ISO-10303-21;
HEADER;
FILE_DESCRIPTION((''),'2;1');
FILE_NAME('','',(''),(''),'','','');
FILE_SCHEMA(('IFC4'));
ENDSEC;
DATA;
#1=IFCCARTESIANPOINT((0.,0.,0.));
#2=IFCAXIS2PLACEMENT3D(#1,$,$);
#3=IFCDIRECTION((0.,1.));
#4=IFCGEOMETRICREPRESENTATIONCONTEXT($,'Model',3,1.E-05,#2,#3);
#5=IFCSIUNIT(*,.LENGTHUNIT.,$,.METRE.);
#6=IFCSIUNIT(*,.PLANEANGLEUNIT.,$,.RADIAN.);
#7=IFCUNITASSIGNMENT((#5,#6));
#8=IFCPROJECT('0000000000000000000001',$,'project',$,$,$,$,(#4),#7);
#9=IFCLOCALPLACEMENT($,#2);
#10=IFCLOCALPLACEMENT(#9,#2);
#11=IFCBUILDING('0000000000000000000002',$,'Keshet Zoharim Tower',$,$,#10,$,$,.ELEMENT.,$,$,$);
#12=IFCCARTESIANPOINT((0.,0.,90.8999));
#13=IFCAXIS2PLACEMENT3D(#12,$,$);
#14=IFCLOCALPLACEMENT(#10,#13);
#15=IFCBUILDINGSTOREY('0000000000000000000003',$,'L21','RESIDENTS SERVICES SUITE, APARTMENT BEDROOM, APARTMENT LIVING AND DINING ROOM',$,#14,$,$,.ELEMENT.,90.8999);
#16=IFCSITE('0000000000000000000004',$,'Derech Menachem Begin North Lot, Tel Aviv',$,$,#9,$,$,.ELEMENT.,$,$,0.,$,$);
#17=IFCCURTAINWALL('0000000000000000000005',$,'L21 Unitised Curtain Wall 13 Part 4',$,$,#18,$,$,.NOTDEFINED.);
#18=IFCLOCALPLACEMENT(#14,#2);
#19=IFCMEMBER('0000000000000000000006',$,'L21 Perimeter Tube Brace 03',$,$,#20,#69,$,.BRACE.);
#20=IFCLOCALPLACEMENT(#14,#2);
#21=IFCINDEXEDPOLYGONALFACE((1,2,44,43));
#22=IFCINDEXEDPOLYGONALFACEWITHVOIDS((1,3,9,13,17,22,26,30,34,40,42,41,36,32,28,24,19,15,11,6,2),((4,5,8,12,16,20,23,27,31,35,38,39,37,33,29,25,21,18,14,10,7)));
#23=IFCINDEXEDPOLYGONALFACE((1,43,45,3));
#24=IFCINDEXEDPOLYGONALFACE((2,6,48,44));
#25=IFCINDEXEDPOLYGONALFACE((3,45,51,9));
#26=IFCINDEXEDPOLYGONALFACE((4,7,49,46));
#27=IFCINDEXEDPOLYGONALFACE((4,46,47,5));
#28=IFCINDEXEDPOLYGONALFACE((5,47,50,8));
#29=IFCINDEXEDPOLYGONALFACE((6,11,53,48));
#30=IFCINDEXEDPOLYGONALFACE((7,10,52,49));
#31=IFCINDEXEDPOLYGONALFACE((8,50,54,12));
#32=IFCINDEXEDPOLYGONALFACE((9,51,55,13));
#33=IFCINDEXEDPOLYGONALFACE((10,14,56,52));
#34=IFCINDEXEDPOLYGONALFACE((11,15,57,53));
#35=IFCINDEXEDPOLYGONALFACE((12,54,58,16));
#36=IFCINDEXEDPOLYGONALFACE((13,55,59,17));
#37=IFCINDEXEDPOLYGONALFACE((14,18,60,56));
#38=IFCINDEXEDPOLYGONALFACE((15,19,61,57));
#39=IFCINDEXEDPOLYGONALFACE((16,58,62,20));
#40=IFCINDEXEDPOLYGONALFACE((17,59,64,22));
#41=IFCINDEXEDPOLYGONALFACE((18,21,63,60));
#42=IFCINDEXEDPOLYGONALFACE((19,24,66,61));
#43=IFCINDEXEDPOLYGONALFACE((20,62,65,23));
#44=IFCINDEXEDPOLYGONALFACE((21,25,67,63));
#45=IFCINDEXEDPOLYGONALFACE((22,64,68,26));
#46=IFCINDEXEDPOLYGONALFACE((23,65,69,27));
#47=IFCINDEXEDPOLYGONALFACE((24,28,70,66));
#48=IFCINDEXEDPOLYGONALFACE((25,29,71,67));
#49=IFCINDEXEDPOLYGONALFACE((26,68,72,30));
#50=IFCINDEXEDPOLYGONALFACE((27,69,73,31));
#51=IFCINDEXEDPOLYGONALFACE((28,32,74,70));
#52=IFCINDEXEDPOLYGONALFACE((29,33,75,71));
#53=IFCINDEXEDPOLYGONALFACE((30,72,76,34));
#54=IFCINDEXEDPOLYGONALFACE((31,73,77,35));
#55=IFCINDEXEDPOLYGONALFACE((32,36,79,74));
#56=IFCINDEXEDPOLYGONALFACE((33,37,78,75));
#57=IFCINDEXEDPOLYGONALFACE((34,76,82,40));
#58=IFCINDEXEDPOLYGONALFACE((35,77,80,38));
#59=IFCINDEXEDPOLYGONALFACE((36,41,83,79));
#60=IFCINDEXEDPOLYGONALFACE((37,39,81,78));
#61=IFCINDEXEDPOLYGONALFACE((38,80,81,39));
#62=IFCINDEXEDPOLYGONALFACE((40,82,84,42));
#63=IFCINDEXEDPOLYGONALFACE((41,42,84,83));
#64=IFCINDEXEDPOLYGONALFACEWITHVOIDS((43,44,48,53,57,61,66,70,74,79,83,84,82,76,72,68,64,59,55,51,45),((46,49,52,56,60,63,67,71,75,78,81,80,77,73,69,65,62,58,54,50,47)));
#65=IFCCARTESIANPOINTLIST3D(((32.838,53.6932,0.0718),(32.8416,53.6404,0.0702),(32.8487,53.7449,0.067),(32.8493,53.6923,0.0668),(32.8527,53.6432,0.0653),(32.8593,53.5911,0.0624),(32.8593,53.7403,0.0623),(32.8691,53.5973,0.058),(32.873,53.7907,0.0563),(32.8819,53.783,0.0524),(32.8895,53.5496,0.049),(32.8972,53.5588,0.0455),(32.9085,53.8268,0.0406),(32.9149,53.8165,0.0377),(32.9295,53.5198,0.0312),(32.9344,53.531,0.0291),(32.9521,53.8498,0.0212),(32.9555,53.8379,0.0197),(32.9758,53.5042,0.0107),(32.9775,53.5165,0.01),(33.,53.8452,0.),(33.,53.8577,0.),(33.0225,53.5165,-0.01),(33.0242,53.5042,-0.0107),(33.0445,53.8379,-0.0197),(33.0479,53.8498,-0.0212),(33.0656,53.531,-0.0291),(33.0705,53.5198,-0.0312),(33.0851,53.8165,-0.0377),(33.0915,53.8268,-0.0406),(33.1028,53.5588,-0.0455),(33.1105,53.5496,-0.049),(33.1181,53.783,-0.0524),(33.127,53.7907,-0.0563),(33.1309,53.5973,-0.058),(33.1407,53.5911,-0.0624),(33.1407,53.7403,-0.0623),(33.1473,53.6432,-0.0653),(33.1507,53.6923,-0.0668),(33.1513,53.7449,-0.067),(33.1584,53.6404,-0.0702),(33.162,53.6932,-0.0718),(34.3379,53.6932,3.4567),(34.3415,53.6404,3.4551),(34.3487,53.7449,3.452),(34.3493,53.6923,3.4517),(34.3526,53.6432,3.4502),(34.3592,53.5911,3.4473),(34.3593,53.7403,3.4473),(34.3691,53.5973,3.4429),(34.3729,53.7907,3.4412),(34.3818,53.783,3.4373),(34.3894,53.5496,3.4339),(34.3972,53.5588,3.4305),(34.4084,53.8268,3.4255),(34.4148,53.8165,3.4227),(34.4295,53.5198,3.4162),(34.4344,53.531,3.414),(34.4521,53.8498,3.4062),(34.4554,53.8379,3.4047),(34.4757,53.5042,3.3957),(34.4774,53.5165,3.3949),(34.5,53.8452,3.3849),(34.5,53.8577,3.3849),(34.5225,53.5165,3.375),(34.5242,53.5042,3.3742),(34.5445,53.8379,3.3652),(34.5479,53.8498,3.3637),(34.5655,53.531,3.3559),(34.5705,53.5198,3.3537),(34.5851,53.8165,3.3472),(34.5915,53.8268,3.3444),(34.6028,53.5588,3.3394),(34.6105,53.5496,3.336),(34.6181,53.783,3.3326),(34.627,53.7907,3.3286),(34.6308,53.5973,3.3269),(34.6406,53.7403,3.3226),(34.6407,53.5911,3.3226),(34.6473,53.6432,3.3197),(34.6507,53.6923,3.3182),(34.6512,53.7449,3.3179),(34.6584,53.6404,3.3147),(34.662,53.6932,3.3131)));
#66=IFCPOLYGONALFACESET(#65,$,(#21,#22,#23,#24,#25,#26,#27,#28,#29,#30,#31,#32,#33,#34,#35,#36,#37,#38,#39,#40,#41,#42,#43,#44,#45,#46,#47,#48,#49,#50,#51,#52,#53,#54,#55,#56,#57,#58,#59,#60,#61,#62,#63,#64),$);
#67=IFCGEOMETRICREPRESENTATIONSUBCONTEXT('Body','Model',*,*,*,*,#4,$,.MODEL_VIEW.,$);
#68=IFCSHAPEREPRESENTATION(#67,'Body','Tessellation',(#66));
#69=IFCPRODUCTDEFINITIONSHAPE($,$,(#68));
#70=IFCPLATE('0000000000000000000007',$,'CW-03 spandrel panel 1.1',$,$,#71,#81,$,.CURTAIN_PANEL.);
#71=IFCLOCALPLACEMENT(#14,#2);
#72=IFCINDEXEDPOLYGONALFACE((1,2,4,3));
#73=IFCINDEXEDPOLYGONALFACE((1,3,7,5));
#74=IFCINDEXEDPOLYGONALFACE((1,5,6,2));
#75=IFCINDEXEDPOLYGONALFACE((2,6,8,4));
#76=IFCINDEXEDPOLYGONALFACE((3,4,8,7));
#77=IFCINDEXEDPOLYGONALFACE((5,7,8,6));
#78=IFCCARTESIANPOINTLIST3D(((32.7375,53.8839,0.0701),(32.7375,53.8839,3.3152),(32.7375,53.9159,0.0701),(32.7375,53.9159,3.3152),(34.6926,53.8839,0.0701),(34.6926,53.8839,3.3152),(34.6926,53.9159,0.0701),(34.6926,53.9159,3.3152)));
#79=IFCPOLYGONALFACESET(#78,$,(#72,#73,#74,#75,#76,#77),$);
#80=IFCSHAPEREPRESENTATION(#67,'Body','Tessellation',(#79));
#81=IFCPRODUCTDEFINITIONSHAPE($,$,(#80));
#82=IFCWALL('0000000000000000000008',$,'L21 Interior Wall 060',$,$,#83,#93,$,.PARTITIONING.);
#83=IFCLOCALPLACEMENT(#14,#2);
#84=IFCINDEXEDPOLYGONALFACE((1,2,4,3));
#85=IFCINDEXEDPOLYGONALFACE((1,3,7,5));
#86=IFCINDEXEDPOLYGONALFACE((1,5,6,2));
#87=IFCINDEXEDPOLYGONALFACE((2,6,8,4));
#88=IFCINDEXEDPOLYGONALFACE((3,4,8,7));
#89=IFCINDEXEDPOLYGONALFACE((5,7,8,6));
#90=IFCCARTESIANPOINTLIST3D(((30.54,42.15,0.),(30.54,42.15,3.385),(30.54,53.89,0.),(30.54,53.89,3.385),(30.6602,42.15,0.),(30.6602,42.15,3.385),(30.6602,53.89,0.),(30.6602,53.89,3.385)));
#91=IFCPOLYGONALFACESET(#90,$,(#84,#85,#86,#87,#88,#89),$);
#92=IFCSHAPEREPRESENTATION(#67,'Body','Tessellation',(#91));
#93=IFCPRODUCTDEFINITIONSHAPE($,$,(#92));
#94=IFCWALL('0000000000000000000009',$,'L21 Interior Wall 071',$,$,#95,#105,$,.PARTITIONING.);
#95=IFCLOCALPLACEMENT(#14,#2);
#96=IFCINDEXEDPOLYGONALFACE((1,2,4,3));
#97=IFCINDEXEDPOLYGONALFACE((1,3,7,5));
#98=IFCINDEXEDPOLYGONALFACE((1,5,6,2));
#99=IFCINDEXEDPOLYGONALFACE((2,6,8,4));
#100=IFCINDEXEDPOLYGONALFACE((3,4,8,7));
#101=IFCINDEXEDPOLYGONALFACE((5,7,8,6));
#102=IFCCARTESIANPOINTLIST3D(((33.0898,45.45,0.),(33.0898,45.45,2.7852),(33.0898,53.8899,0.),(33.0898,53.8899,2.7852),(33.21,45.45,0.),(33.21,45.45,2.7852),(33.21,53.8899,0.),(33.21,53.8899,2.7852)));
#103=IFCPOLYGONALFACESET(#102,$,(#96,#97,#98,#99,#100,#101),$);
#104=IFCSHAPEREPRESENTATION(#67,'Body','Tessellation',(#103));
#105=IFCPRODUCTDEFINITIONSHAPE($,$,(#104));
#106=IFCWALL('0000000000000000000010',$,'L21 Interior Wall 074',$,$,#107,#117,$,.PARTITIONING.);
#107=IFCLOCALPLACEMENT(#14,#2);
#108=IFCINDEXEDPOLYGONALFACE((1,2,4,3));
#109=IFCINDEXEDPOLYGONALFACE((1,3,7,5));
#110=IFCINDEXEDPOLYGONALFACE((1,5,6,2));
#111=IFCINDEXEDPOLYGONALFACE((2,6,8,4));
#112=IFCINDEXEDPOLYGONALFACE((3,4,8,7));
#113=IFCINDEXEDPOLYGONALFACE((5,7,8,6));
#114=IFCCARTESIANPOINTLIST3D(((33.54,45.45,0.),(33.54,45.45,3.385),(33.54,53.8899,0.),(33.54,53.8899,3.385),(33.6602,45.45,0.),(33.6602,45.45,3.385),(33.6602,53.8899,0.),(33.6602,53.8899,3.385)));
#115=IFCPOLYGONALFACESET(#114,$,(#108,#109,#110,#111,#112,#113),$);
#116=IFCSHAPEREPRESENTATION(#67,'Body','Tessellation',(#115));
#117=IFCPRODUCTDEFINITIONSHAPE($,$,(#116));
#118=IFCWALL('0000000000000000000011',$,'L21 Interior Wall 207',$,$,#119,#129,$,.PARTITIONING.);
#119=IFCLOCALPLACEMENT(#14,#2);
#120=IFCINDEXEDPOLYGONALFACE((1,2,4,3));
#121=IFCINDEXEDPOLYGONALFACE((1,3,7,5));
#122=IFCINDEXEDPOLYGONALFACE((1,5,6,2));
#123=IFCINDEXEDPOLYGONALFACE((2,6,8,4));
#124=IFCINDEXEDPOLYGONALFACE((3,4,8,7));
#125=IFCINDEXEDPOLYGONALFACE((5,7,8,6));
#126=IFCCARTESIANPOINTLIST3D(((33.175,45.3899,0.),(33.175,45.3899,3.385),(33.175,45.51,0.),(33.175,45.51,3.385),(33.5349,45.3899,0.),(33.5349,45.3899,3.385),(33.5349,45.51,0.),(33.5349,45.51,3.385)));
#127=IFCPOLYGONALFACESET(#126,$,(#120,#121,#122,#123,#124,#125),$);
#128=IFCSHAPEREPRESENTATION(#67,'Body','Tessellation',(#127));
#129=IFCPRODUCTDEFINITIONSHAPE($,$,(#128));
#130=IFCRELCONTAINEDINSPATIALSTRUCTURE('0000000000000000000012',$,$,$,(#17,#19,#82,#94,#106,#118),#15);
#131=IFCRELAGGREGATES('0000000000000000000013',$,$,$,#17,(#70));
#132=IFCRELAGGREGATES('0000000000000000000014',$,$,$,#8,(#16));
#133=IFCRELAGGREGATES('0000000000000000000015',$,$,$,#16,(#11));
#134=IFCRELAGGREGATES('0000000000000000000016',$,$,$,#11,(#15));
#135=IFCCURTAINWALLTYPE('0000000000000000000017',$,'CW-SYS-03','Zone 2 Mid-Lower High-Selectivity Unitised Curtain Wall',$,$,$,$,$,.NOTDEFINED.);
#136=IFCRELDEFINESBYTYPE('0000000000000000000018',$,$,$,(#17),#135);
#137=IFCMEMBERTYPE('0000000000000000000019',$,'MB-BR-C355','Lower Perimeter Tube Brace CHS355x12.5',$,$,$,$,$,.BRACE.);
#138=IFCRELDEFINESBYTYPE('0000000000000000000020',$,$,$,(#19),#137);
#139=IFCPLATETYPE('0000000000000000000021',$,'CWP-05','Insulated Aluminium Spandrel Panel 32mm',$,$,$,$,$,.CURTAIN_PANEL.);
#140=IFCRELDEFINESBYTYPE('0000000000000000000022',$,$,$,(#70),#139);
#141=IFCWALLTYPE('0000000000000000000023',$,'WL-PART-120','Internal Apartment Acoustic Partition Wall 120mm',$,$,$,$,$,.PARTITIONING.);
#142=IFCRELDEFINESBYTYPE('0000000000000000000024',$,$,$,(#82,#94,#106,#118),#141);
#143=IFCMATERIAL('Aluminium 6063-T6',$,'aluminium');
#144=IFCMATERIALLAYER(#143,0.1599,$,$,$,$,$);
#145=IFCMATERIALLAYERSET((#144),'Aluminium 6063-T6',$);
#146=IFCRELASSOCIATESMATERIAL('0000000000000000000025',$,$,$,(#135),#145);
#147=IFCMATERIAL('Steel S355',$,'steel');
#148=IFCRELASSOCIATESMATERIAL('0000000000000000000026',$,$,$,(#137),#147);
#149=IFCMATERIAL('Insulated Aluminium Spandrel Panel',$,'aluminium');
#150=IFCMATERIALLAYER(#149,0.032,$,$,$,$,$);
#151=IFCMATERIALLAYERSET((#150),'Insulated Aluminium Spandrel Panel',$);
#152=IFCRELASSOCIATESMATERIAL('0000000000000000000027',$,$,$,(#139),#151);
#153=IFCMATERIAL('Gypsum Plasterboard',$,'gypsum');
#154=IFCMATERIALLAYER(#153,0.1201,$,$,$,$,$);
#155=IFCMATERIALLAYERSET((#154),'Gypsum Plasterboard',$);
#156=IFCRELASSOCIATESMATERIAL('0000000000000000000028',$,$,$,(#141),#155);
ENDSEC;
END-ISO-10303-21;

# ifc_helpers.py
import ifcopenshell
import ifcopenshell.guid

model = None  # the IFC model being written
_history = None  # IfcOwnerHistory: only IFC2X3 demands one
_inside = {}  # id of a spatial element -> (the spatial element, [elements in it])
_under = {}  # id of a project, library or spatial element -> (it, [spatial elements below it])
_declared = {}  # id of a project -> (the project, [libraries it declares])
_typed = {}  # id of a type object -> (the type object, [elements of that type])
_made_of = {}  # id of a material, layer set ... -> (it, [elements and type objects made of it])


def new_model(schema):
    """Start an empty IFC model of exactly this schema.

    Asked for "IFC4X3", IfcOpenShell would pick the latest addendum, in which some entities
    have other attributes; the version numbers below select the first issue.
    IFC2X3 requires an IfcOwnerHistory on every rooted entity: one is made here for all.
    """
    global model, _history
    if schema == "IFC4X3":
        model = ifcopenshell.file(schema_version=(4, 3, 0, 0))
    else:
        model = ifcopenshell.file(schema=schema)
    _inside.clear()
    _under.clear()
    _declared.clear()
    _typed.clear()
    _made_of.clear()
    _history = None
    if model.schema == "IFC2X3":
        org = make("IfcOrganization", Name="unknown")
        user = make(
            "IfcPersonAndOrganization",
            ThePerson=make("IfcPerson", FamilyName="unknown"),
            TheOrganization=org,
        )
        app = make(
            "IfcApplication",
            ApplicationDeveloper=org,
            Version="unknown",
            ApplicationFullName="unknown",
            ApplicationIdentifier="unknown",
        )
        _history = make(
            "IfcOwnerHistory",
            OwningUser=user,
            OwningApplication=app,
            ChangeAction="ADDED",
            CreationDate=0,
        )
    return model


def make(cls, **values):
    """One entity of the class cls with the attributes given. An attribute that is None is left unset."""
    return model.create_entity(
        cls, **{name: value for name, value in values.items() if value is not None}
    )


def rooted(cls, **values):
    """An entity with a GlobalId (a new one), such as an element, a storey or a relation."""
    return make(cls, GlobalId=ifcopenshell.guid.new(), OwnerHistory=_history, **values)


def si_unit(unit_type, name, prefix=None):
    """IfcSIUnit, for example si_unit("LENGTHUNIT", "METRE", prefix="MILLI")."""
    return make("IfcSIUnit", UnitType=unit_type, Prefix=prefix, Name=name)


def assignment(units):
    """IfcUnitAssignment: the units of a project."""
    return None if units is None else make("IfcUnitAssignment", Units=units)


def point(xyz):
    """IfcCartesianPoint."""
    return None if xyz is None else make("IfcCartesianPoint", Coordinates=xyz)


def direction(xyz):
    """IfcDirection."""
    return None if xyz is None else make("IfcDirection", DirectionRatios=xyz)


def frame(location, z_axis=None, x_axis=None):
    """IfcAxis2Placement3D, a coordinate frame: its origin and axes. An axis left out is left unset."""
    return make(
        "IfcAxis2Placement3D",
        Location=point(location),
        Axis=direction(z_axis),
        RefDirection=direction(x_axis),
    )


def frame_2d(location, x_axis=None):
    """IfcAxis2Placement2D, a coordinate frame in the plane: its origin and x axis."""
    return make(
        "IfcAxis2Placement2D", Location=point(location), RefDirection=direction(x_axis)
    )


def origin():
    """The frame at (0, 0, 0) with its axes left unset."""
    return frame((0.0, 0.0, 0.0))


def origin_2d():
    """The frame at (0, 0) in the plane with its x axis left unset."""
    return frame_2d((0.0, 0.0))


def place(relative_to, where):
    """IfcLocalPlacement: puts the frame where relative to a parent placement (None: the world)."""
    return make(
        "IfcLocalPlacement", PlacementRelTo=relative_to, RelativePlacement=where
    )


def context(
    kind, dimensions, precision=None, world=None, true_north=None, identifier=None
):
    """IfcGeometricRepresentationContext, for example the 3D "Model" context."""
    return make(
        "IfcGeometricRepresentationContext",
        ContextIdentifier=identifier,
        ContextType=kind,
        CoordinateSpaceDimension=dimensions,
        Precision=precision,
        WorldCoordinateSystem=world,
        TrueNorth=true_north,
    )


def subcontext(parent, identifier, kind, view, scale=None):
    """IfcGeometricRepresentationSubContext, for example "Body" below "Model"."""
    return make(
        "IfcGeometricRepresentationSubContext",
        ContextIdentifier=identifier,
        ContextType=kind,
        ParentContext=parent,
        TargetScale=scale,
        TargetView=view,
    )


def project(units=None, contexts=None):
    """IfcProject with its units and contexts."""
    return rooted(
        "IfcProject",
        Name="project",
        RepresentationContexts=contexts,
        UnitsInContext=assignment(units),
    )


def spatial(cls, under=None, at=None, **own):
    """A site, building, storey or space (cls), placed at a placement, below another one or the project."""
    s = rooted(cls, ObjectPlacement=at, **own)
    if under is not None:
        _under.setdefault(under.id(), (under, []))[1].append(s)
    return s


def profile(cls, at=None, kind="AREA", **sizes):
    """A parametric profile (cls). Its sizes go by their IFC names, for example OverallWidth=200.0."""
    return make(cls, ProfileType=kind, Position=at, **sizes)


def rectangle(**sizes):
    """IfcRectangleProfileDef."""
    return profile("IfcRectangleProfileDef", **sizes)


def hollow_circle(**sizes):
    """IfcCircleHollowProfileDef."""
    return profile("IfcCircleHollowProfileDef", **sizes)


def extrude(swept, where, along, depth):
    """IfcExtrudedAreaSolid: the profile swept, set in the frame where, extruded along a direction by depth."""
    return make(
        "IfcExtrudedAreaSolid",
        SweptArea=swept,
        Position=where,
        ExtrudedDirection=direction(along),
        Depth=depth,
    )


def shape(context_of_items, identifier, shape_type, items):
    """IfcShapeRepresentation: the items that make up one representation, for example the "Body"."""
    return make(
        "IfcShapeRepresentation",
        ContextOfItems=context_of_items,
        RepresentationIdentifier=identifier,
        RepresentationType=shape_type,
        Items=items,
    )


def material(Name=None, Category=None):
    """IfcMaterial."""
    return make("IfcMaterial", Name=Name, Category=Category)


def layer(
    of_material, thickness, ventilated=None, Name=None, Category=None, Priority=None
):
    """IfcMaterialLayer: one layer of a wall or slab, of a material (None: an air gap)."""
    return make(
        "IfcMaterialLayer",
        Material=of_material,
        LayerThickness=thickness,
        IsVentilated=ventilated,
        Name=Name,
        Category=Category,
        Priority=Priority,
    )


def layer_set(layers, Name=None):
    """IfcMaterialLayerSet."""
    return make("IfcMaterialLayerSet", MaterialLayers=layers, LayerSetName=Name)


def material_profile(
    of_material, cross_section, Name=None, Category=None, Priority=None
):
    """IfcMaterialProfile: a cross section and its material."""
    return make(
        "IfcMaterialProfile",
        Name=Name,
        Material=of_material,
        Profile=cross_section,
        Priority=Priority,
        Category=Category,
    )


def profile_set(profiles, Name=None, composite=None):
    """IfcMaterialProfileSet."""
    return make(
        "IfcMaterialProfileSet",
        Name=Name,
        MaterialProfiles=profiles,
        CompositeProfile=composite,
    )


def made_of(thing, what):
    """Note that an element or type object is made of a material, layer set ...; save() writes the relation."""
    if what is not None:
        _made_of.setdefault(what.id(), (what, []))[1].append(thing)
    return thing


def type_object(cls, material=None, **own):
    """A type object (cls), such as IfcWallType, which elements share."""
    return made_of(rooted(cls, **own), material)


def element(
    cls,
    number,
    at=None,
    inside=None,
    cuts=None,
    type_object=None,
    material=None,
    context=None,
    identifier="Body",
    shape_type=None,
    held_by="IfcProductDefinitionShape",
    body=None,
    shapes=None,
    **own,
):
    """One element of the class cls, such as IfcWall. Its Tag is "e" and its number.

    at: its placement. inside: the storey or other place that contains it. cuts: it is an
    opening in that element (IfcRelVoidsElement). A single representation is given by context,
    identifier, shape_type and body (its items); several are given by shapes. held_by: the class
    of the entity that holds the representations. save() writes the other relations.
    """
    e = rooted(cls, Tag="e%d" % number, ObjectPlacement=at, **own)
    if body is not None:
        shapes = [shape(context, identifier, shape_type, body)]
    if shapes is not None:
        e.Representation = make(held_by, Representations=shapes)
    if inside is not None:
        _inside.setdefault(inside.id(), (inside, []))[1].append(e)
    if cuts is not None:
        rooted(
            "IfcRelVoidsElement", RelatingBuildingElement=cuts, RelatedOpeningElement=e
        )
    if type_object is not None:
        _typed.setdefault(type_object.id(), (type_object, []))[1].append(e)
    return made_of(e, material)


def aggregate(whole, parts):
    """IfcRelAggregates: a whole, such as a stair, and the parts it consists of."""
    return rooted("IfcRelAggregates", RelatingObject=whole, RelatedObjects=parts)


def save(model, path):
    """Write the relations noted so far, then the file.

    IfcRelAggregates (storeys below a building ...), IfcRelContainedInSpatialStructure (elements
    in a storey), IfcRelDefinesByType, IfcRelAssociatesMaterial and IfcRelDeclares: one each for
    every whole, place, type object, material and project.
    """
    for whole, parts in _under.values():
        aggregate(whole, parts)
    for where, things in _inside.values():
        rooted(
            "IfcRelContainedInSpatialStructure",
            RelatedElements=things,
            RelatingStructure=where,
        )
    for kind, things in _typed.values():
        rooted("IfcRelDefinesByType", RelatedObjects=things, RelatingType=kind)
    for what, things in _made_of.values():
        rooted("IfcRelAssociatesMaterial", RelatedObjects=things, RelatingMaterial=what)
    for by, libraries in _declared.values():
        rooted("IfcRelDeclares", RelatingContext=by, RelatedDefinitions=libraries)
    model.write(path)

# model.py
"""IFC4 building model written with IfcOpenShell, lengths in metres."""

from ifc_helpers import new_model, si_unit, direction, frame, frame_2d, origin, origin_2d, place, context, subcontext, project, spatial, rectangle, hollow_circle, extrude, material, layer, layer_set, material_profile, profile_set, type_object, element, aggregate, save


model = new_model("IFC4")

# Units and contexts
model_context = context("Model", 3, precision=1e-05, world=origin(), true_north=direction((0.0, 1.0)))
body_context = subcontext(model_context, "Body", "Model", "MODEL_VIEW")
ifc_project = project(units=[si_unit("LENGTHUNIT", "METRE"), si_unit("PLANEANGLEUNIT", "RADIAN")], contexts=[model_context])

# Site, building, storey
site_placement = place(None, origin())
site = spatial("IfcSite", under=ifc_project, at=site_placement, Name="Derech Menachem Begin North Lot, Tel Aviv", CompositionType="ELEMENT", RefElevation=0.0)
building_placement = place(site_placement, origin())
building = spatial("IfcBuilding", under=site, at=building_placement, Name="Keshet Zoharim Tower", CompositionType="ELEMENT")
storey_placement = place(building_placement, frame((0.0, 0.0, 90.8999)))
storey = spatial("IfcBuildingStorey", under=building, at=storey_placement, Name="L21", Description="RESIDENTS SERVICES SUITE, APARTMENT BEDROOM, APARTMENT LIVING AND DINING ROOM", CompositionType="ELEMENT", Elevation=90.8999)

# Shared definitions
ifc_material_1 = material(Name="Steel S355", Category="steel")

# Shared definitions
ifc_material_2 = material(Name="Aluminium 6063-T6", Category="aluminium")
ifc_layer_1 = layer(ifc_material_2, 0.1599)
ifc_layer_set_1 = layer_set([ifc_layer_1], Name="Aluminium 6063-T6")
curtain_wall_type = type_object("IfcCurtainWallType", Name="CW-SYS-03", Description="Zone 2 Mid-Lower High-Selectivity Unitised Curtain Wall", PredefinedType="NOTDEFINED", material=ifc_layer_set_1)

# Curtain wall
curtain_wall_1_placement = place(storey_placement, origin())
curtain_wall_1 = element("IfcCurtainWall", 1, at=curtain_wall_1_placement, inside=storey, type_object=curtain_wall_type, Name="L21 Unitised Curtain Wall 13 Part 4", PredefinedType="NOTDEFINED")

# Member
ifc_material_profile_1 = material_profile(ifc_material_1, hollow_circle(Radius=0.1777, WallThickness=0.0125, at=origin_2d()), Name="CHS355x12.5")
ifc_profile_set_1 = profile_set([ifc_material_profile_1], Name="Steel S355")
member_type_1 = type_object("IfcMemberType", Name="MB-BR-C355", Description="Lower Perimeter Tube Brace CHS355x12.5", PredefinedType="BRACE", material=ifc_profile_set_1)
member_1_placement = place(storey_placement, frame((33.0, 53.6799, 0.0), z_axis=(0.405135, 0.0, 0.914257), x_axis=(0.0, 1.0, 0.0)))
element("IfcMember", 2, at=member_1_placement, inside=storey, type_object=member_type_1, Name="L21 Perimeter Tube Brace 03", PredefinedType="BRACE", context=body_context, shape_type="SweptSolid", body=[
    extrude(hollow_circle(Radius=0.1777, WallThickness=0.0125, at=origin_2d()), origin(), (0.0, 0.0, 1.0), 3.7024),
])

# Plate
ifc_material_3 = material(Name="Insulated Aluminium Spandrel Panel", Category="aluminium")
ifc_layer_2 = layer(ifc_material_3, 0.032)
ifc_layer_set_2 = layer_set([ifc_layer_2], Name="Insulated Aluminium Spandrel Panel")
plate_type = type_object("IfcPlateType", Name="CWP-05", Description="Insulated Aluminium Spandrel Panel 32mm", PredefinedType="CURTAIN_PANEL", material=ifc_layer_set_2)
plate_placement = place(storey_placement, frame((33.7151, 53.8999, 0.0701), z_axis=(0.0, 0.0, 1.0), x_axis=(1.0, 0.0, 0.0)))
plate = element("IfcPlate", 3, at=plate_placement, type_object=plate_type, Name="CW-03 spandrel panel 1.1", PredefinedType="CURTAIN_PANEL", context=body_context, shape_type="SweptSolid", body=[
    extrude(rectangle(XDim=1.9551, YDim=0.032, at=origin_2d()), origin(), (0.0, 0.0, 1.0), 3.2451),
])
aggregate(curtain_wall_1, [plate])

# Walls
ifc_material_4 = material(Name="Gypsum Plasterboard", Category="gypsum")
ifc_layer_3 = layer(ifc_material_4, 0.1201)
ifc_layer_set_3 = layer_set([ifc_layer_3], Name="Gypsum Plasterboard")
wall_type_1 = type_object("IfcWallType", Name="WL-PART-120", Description="Internal Apartment Acoustic Partition Wall 120mm", PredefinedType="PARTITIONING", material=ifc_layer_set_3)
wall_1_placement = place(storey_placement, frame((30.6001, 42.1499, 0.0), z_axis=(0.0, 0.0, 1.0), x_axis=(0.0, 1.0, 0.0)))
element("IfcWall", 4, at=wall_1_placement, inside=storey, type_object=wall_type_1, Name="L21 Interior Wall 060", PredefinedType="PARTITIONING", context=body_context, shape_type="SweptSolid", body=[
    extrude(rectangle(XDim=11.74, YDim=0.1201, at=frame_2d((5.8701, 0.0))), origin(), (0.0, 0.0, 1.0), 3.385),
])
wall_2_placement = place(storey_placement, frame((33.1499, 45.45, 0.0), z_axis=(0.0, 0.0, 1.0), x_axis=(0.0, 1.0, 0.0)))
element("IfcWall", 5, at=wall_2_placement, inside=storey, type_object=wall_type_1, Name="L21 Interior Wall 071", PredefinedType="PARTITIONING", context=body_context, shape_type="SweptSolid", body=[
    extrude(rectangle(XDim=8.4399, YDim=0.1201, at=frame_2d((4.22, 0.0))), origin(), (0.0, 0.0, 1.0), 2.7852),
])
wall_3_placement = place(storey_placement, frame((33.6001, 45.45, 0.0), z_axis=(0.0, 0.0, 1.0), x_axis=(0.0, 1.0, 0.0)))
element("IfcWall", 6, at=wall_3_placement, inside=storey, type_object=wall_type_1, Name="L21 Interior Wall 074", PredefinedType="PARTITIONING", context=body_context, shape_type="SweptSolid", body=[
    extrude(rectangle(XDim=8.4399, YDim=0.1201, at=frame_2d((4.22, 0.0))), origin(), (0.0, 0.0, 1.0), 3.385),
])

# Wall
wall_4_placement = place(storey_placement, frame((33.175, 45.45, 0.0), z_axis=(0.0, 0.0, 1.0), x_axis=(1.0, 0.0, 0.0)))
element("IfcWall", 7, at=wall_4_placement, inside=storey, type_object=wall_type_1, Name="L21 Interior Wall 207", PredefinedType="PARTITIONING", context=body_context, shape_type="SweptSolid", body=[
    extrude(rectangle(XDim=0.3599, YDim=0.1201, at=frame_2d((0.1799, 0.0))), origin(), (0.0, 0.0, 1.0), 3.385),
])

save(model, "model.ifc")
